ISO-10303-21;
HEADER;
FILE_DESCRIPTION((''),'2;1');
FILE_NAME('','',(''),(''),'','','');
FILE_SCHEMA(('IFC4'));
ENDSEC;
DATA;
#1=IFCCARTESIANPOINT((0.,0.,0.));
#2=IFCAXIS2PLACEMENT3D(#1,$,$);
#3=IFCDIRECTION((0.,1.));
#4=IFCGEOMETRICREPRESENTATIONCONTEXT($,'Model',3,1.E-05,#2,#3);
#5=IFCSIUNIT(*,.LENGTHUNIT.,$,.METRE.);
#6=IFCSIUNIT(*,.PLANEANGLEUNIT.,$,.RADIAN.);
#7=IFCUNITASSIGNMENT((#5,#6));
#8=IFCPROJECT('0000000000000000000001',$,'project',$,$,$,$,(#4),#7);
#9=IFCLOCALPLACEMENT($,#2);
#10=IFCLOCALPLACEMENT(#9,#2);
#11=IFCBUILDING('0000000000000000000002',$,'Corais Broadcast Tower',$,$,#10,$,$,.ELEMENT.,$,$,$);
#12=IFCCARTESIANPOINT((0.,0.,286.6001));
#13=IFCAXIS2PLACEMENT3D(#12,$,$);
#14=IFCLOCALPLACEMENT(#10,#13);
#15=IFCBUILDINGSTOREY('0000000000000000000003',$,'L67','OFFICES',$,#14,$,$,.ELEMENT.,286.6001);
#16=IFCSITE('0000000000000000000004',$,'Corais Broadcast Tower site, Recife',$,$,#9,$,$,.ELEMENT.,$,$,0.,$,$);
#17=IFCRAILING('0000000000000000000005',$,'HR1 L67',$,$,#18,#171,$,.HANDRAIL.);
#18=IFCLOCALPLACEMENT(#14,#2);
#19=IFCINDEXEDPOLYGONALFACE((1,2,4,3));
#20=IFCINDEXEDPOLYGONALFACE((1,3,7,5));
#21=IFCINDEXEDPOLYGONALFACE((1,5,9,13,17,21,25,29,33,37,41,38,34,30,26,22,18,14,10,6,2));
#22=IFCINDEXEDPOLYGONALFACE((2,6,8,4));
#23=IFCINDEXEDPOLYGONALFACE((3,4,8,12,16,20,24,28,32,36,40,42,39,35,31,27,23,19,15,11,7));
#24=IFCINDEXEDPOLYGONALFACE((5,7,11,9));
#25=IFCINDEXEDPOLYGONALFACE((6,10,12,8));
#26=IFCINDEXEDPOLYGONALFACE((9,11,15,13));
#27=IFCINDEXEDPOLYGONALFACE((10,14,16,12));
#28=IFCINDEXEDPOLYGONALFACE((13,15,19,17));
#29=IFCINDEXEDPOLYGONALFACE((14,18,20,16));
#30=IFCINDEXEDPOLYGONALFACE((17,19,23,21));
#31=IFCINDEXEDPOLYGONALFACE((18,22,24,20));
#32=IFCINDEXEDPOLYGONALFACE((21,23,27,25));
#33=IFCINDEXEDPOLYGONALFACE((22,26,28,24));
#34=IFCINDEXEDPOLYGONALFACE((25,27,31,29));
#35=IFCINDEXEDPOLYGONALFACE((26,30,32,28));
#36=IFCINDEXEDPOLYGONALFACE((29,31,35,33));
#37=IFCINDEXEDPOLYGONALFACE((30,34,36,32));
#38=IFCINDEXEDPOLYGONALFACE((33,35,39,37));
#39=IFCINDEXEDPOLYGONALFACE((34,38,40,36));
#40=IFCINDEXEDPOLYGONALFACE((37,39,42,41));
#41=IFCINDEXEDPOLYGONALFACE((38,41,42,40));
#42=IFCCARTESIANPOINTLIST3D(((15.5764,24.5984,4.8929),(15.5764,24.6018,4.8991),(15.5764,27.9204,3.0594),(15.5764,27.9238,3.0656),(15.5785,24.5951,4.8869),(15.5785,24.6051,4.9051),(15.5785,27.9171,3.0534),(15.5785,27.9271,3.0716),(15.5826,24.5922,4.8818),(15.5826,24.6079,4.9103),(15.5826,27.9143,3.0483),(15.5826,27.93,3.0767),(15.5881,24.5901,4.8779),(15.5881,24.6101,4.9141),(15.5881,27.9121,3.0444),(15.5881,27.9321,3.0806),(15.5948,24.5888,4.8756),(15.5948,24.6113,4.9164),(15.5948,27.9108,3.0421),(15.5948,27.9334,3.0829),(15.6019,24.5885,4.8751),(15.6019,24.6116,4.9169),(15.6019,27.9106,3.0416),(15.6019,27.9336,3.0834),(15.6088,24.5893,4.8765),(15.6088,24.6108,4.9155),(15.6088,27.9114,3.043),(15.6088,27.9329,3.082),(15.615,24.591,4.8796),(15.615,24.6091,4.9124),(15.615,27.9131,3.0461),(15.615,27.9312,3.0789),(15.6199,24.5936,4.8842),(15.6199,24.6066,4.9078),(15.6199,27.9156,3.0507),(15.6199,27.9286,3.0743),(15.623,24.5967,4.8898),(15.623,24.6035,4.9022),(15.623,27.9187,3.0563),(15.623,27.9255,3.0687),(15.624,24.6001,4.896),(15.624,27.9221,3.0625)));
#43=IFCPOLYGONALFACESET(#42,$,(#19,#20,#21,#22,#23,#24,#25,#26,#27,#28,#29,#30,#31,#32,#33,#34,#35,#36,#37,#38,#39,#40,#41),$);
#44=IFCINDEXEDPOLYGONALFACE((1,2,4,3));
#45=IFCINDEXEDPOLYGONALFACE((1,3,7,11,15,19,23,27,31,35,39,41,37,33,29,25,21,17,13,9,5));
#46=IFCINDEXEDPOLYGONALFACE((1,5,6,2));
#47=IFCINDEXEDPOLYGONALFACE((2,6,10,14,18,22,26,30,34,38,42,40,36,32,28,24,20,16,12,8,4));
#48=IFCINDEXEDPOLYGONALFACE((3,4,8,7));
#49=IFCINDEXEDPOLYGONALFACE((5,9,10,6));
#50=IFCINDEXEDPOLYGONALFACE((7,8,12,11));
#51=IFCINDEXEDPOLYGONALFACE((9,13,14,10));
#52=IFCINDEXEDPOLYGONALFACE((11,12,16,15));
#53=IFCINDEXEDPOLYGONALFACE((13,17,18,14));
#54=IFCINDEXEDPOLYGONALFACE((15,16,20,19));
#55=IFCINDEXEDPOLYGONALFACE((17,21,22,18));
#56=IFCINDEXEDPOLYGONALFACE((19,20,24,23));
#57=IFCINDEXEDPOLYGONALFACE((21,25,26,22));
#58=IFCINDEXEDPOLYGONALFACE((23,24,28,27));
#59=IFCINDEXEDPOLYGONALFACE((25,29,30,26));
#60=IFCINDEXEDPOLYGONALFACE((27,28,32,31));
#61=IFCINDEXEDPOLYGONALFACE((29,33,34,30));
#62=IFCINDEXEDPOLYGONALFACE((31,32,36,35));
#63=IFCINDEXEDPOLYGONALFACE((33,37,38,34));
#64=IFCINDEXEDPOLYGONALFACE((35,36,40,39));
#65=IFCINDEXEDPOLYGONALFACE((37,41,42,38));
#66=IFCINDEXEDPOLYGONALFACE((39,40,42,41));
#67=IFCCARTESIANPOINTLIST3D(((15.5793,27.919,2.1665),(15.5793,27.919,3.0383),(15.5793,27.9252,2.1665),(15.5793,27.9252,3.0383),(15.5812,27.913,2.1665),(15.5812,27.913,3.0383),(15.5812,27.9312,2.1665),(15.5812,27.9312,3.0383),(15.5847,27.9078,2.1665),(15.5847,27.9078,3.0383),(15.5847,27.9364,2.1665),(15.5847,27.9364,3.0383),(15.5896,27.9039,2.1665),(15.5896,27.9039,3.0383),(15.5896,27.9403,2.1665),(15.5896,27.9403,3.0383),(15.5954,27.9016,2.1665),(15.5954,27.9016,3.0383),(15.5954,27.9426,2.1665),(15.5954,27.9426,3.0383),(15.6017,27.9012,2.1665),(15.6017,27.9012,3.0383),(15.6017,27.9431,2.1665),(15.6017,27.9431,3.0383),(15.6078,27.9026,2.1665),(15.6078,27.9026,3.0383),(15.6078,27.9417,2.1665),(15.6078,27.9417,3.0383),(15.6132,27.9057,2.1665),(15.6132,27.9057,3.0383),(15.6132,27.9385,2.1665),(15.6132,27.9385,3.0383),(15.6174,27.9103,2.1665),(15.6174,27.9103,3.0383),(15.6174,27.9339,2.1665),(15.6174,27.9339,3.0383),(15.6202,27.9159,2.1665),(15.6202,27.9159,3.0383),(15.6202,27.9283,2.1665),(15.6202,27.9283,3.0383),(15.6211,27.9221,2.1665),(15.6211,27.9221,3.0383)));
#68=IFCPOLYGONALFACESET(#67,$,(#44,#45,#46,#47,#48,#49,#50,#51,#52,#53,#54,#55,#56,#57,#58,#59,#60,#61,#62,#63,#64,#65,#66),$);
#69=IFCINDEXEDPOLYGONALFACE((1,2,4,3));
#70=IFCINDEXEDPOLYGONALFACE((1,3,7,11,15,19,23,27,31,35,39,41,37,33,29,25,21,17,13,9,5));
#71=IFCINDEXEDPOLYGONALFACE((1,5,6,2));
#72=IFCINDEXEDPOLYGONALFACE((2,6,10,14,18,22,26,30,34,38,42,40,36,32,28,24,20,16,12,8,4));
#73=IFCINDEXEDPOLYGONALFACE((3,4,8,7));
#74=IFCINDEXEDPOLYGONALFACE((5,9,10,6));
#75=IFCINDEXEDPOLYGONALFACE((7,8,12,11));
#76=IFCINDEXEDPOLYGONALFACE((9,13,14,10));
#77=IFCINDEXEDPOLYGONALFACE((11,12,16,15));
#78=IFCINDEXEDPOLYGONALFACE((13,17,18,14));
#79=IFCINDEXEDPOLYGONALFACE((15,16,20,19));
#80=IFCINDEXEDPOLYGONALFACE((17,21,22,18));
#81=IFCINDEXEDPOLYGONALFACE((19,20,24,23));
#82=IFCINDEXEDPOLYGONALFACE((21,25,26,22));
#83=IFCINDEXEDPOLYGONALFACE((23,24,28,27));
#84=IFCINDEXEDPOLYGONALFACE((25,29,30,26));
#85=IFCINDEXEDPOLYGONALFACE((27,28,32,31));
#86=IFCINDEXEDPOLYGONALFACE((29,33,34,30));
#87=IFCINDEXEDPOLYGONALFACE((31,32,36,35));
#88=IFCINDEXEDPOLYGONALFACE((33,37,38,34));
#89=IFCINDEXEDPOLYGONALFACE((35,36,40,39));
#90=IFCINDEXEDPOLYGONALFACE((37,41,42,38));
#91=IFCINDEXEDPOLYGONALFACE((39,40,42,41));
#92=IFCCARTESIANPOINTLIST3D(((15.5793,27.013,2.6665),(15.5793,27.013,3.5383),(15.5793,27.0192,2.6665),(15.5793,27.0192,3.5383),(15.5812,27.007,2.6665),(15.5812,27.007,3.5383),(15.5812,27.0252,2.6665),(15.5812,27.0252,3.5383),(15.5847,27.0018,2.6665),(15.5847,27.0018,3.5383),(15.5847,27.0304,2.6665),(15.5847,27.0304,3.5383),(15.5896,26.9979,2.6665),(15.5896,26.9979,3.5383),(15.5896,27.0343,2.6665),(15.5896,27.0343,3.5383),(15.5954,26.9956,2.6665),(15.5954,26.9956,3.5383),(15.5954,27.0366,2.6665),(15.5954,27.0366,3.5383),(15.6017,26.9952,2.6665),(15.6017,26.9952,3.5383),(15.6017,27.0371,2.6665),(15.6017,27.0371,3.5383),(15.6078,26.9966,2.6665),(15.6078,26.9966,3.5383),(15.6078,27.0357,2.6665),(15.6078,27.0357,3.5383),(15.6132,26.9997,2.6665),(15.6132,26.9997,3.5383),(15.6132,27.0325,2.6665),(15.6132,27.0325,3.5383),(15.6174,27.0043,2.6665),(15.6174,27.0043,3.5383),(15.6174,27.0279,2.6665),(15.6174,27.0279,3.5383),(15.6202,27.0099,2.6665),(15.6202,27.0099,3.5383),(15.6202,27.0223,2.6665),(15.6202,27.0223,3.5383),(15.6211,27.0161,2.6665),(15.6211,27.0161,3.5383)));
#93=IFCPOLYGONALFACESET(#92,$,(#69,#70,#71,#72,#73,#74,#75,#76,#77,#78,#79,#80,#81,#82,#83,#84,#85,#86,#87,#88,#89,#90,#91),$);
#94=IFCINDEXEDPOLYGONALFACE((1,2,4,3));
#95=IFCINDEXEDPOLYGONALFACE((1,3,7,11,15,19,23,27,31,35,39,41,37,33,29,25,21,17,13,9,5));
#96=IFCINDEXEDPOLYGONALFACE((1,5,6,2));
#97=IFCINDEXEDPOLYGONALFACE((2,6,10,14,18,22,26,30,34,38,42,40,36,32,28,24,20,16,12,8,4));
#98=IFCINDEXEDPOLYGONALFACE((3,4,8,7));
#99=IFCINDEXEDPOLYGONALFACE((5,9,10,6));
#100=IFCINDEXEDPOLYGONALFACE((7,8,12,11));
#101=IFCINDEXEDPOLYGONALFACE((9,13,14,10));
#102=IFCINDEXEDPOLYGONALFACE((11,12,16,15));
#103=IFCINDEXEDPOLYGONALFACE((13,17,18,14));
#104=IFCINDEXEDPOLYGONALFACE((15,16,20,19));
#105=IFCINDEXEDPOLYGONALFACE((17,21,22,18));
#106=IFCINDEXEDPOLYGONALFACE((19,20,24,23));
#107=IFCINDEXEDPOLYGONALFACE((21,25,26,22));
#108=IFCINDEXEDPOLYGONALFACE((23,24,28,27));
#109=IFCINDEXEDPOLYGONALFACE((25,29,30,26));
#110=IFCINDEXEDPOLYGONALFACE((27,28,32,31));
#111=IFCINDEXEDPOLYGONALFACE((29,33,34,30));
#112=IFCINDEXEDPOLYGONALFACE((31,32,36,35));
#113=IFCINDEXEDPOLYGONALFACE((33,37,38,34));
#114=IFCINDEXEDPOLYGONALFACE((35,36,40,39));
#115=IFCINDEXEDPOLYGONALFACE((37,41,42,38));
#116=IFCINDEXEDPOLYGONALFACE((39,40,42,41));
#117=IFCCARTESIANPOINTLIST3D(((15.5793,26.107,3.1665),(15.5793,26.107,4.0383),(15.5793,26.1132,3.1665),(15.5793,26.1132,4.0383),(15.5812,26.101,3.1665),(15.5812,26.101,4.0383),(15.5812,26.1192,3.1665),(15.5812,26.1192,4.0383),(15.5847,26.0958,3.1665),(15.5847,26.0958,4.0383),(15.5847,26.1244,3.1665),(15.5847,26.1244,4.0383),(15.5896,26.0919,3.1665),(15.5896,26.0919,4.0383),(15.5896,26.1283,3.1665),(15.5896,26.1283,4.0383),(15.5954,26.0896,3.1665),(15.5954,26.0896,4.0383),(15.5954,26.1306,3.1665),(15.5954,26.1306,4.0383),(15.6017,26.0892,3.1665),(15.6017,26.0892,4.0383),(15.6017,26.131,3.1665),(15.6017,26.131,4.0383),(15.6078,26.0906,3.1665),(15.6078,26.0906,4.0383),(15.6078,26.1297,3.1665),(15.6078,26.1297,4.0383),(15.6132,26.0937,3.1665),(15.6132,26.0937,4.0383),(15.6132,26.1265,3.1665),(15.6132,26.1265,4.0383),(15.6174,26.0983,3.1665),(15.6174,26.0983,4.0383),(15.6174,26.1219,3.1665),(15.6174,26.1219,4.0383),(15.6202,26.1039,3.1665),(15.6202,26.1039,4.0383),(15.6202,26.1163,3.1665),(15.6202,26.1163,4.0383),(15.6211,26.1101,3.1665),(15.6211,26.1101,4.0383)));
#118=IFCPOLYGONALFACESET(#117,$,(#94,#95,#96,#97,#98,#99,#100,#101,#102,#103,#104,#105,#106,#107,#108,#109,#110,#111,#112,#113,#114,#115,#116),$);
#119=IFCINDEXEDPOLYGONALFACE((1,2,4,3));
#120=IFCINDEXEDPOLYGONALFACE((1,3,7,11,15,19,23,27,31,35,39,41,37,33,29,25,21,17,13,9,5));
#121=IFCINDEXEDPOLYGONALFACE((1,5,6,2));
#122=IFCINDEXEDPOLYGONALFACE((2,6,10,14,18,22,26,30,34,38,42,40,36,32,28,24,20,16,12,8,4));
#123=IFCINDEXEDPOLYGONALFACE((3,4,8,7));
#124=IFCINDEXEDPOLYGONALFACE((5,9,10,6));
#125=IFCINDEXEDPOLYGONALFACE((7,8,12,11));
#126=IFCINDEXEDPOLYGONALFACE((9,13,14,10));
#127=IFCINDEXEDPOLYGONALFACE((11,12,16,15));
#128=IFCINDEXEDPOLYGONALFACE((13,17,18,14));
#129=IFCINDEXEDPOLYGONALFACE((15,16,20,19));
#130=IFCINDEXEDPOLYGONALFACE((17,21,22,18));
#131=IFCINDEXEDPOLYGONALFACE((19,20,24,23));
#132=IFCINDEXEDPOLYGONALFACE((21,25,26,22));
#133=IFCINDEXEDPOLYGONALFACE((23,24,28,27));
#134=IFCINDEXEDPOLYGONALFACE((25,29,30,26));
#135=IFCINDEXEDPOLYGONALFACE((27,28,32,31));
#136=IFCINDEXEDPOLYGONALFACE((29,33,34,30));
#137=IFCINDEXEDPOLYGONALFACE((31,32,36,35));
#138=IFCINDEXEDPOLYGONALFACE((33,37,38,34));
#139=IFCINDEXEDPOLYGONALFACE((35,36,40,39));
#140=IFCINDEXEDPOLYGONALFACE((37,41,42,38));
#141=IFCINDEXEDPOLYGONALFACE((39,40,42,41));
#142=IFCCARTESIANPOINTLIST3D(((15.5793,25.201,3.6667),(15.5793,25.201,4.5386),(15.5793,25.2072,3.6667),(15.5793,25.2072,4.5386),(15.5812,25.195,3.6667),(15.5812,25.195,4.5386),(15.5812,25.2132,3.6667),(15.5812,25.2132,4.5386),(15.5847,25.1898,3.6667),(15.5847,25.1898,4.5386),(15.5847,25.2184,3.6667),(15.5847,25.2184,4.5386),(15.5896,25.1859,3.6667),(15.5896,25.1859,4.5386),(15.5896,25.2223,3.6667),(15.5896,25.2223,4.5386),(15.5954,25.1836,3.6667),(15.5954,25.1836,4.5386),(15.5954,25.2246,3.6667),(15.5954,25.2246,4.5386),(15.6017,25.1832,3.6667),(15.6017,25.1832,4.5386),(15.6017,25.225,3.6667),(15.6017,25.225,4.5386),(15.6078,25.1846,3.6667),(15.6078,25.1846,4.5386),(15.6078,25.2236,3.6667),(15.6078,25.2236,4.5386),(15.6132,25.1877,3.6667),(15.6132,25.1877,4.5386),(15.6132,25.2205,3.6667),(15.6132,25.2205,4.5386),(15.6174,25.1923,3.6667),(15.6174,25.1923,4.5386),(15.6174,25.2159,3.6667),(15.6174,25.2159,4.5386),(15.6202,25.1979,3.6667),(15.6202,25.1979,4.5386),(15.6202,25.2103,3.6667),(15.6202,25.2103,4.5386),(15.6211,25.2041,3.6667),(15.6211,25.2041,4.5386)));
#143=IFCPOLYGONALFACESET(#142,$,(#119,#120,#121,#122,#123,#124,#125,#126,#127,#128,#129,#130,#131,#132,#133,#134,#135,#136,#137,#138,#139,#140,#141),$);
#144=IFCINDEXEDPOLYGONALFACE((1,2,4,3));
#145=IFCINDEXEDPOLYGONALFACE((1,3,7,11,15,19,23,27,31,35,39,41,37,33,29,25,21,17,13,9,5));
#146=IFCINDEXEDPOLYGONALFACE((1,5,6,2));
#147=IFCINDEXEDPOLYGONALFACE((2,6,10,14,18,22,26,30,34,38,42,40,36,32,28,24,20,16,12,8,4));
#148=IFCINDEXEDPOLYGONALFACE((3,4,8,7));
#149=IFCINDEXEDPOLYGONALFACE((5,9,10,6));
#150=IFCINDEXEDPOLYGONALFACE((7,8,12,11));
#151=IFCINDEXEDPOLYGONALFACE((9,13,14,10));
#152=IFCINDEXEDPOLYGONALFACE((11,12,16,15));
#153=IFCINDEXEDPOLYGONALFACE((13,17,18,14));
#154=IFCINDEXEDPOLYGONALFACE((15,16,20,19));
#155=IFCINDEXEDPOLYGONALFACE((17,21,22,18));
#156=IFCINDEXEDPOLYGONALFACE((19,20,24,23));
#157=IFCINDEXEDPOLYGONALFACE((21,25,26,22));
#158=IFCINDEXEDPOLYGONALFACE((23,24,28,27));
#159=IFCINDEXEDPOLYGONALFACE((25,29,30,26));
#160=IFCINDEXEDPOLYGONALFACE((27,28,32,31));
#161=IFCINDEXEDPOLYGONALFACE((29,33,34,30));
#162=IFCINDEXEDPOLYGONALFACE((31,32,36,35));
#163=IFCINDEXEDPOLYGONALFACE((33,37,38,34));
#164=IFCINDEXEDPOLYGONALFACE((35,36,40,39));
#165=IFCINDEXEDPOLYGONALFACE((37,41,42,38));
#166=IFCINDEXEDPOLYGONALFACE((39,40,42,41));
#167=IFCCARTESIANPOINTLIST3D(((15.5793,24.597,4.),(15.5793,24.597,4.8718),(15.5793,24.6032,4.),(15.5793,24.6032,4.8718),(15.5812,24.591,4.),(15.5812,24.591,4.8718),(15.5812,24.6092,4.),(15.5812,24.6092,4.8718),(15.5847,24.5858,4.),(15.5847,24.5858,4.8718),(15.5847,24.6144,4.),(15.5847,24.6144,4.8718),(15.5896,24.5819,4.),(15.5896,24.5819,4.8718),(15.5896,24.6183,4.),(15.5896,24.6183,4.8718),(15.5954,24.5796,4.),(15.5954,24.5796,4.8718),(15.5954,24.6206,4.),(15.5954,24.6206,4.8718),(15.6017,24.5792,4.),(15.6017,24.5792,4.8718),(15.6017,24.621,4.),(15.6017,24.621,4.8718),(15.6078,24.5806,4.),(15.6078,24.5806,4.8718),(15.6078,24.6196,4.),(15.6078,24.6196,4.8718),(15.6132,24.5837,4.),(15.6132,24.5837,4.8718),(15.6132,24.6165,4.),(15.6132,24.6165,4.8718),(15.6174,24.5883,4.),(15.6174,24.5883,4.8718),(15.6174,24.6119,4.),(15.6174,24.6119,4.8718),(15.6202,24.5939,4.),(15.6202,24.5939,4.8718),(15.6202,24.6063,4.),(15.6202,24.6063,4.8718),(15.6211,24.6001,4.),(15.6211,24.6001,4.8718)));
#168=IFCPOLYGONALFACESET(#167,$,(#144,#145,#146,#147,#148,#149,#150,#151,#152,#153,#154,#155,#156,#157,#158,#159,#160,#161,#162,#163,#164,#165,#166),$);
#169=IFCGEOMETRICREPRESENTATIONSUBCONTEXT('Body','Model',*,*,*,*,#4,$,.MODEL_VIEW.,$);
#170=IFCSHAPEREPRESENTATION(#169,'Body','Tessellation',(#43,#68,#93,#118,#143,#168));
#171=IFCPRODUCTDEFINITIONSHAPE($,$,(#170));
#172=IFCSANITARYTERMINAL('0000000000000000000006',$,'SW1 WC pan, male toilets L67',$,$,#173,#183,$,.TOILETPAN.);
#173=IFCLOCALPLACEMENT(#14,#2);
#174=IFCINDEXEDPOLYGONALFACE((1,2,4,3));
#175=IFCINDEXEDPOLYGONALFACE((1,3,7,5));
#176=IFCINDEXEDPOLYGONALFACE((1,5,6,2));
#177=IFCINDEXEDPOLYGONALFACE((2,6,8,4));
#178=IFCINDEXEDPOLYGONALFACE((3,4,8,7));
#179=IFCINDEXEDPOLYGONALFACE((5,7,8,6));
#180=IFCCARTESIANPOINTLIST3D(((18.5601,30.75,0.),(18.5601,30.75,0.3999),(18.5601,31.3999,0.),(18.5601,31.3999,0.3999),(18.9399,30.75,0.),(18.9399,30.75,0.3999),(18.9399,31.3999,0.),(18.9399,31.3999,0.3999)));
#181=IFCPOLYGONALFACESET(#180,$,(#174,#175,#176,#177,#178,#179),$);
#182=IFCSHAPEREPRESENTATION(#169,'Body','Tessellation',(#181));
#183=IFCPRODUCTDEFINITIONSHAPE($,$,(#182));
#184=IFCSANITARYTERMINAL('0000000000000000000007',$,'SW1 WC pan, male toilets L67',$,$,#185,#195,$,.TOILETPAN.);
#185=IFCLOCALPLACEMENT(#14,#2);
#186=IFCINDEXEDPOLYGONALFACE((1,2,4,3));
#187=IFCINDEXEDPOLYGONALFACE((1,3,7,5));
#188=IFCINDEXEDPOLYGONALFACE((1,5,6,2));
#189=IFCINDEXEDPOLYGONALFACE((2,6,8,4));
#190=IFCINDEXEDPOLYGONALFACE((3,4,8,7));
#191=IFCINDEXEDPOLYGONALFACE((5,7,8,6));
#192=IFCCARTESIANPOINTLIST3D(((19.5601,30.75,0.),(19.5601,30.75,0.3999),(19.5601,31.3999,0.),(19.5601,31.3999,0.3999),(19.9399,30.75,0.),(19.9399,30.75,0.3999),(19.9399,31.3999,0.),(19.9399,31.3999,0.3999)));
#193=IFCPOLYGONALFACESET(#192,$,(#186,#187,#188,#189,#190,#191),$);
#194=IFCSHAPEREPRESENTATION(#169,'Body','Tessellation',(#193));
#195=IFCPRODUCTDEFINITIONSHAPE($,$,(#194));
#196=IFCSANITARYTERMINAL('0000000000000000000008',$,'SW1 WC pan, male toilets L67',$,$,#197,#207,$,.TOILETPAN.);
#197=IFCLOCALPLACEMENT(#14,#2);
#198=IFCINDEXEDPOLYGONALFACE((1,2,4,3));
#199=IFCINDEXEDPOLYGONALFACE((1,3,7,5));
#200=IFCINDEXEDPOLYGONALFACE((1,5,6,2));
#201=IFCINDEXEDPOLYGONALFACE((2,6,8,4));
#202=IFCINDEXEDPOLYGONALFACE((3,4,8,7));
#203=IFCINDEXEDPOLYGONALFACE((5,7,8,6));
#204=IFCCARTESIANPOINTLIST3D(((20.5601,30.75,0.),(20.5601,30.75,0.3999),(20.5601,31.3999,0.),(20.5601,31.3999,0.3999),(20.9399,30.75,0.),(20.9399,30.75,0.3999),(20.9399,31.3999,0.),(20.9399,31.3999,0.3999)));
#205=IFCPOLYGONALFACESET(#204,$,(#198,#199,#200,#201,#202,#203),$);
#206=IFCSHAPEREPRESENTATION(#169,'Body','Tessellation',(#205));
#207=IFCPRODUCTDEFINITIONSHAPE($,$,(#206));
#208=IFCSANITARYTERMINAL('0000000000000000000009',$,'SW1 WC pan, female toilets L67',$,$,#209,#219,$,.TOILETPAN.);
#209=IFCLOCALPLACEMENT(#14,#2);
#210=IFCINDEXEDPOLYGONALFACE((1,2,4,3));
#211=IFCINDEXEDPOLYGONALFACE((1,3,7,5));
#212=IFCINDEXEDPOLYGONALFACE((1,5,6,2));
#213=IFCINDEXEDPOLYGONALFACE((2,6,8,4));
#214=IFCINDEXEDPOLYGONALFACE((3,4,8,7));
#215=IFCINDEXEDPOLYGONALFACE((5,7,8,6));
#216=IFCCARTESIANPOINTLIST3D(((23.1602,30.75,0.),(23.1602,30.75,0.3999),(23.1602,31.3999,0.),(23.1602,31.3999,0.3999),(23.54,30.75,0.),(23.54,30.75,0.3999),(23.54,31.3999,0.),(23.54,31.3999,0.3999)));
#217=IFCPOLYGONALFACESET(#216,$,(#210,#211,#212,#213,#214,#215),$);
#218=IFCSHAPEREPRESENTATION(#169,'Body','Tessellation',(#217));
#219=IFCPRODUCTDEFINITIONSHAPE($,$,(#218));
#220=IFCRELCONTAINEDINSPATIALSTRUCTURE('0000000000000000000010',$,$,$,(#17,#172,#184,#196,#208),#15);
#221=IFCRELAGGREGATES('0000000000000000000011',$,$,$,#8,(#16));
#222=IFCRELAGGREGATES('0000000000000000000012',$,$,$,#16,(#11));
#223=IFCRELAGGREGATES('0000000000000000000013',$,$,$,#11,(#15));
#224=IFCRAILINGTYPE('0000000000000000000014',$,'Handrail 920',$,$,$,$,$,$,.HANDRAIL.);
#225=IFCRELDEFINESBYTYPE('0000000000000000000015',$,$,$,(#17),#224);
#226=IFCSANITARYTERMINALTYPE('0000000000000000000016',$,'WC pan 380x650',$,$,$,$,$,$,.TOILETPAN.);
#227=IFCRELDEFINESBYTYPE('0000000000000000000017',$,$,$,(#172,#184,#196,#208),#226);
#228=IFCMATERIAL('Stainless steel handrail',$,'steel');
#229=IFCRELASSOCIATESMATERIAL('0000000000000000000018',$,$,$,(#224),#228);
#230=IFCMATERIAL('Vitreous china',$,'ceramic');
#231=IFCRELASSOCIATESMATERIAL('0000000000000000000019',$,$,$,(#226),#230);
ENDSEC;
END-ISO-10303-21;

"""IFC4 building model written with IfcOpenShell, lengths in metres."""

from ifc_helpers import new_model, si_unit, direction, frame, origin, origin_2d, place, context, subcontext, project, spatial, rectangle, circle, extrude, material, type_object, element, save


model = new_model("IFC4")

# Units and contexts
model_context = context("Model", 3, precision=1e-05, world=origin(), true_north=direction((0.0, 1.0)))
body_context = subcontext(model_context, "Body", "Model", "MODEL_VIEW")
ifc_project = project(units=[si_unit("LENGTHUNIT", "METRE"), si_unit("PLANEANGLEUNIT", "RADIAN")], contexts=[model_context])

# Site, building, storey
site_placement = place(None, origin())
site = spatial("IfcSite", under=ifc_project, at=site_placement, Name="Corais Broadcast Tower site, Recife", CompositionType="ELEMENT", RefElevation=0.0)
building_placement = place(site_placement, origin())
building = spatial("IfcBuilding", under=site, at=building_placement, Name="Corais Broadcast Tower", CompositionType="ELEMENT")
storey_placement = place(building_placement, frame((0.0, 0.0, 286.6001)))
storey = spatial("IfcBuildingStorey", under=building, at=storey_placement, Name="L67", Description="OFFICES", CompositionType="ELEMENT", Elevation=286.6001)

# Railing
ifc_material_1 = material(Name="Stainless steel handrail", Category="steel")
railing_type = type_object("IfcRailingType", Name="Handrail 920", PredefinedType="HANDRAIL", material=ifc_material_1)
railing_placement = place(storey_placement, frame((15.6001, 27.9221, 2.1665)))
element("IfcRailing", 1, at=railing_placement, inside=storey, type_object=railing_type, Name="HR1 L67", PredefinedType="HANDRAIL", context=body_context, shape_type="SweptSolid", body=[
    extrude(circle(Radius=0.0239, at=origin_2d()), frame((0.0, 0.0, 0.896), z_axis=(0.0, -0.875504, 0.48321), x_axis=(1.0, 0.0, 0.0)), (0.0, 0.0, 1.0), 3.7944),
    extrude(circle(Radius=0.021, at=origin_2d()), origin(), (0.0, 0.0, 1.0), 0.8718),
    extrude(circle(Radius=0.021, at=origin_2d()), frame((0.0, -0.906, 0.5)), (0.0, 0.0, 1.0), 0.8718),
    extrude(circle(Radius=0.021, at=origin_2d()), frame((0.0, -1.812, 1.0)), (0.0, 0.0, 1.0), 0.8718),
    extrude(circle(Radius=0.021, at=origin_2d()), frame((0.0, -2.718, 1.5002)), (0.0, 0.0, 1.0), 0.8718),
    extrude(circle(Radius=0.021, at=origin_2d()), frame((0.0, -3.322, 1.8335)), (0.0, 0.0, 1.0), 0.8718),
])

# Sanitary terminals
ifc_material_2 = material(Name="Vitreous china", Category="ceramic")
sanitary_terminal_type_1 = type_object("IfcSanitaryTerminalType", Name="WC pan 380x650", PredefinedType="TOILETPAN", material=ifc_material_2)
for number, where, z_axis, x_axis, name in (
    (2, (18.75, 31.075, 0.0), (0.0, 0.0, 1.0), (1.0, 0.0, 0.0), "SW1 WC pan, male toilets L67"),
    (3, (19.75, 31.075, 0.0), (0.0, 0.0, 1.0), (1.0, 0.0, 0.0), "SW1 WC pan, male toilets L67"),
    (4, (20.75, 31.075, 0.0), (0.0, 0.0, 1.0), (1.0, 0.0, 0.0), "SW1 WC pan, male toilets L67"),
    (5, (23.3501, 31.075, 0.0), (0.0, 0.0, 1.0), (1.0, 0.0, 0.0), "SW1 WC pan, female toilets L67"),
):
    element("IfcSanitaryTerminal", number, at=place(storey_placement, frame(where, z_axis=z_axis, x_axis=x_axis)), inside=storey, type_object=sanitary_terminal_type_1, Name=name, PredefinedType="TOILETPAN", context=body_context, shape_type="SweptSolid", body=[
        extrude(rectangle(XDim=0.3799, YDim=0.6499, at=origin_2d()), origin(), (0.0, 0.0, 1.0), 0.3999),
    ])

save(model, "model.ifc")
